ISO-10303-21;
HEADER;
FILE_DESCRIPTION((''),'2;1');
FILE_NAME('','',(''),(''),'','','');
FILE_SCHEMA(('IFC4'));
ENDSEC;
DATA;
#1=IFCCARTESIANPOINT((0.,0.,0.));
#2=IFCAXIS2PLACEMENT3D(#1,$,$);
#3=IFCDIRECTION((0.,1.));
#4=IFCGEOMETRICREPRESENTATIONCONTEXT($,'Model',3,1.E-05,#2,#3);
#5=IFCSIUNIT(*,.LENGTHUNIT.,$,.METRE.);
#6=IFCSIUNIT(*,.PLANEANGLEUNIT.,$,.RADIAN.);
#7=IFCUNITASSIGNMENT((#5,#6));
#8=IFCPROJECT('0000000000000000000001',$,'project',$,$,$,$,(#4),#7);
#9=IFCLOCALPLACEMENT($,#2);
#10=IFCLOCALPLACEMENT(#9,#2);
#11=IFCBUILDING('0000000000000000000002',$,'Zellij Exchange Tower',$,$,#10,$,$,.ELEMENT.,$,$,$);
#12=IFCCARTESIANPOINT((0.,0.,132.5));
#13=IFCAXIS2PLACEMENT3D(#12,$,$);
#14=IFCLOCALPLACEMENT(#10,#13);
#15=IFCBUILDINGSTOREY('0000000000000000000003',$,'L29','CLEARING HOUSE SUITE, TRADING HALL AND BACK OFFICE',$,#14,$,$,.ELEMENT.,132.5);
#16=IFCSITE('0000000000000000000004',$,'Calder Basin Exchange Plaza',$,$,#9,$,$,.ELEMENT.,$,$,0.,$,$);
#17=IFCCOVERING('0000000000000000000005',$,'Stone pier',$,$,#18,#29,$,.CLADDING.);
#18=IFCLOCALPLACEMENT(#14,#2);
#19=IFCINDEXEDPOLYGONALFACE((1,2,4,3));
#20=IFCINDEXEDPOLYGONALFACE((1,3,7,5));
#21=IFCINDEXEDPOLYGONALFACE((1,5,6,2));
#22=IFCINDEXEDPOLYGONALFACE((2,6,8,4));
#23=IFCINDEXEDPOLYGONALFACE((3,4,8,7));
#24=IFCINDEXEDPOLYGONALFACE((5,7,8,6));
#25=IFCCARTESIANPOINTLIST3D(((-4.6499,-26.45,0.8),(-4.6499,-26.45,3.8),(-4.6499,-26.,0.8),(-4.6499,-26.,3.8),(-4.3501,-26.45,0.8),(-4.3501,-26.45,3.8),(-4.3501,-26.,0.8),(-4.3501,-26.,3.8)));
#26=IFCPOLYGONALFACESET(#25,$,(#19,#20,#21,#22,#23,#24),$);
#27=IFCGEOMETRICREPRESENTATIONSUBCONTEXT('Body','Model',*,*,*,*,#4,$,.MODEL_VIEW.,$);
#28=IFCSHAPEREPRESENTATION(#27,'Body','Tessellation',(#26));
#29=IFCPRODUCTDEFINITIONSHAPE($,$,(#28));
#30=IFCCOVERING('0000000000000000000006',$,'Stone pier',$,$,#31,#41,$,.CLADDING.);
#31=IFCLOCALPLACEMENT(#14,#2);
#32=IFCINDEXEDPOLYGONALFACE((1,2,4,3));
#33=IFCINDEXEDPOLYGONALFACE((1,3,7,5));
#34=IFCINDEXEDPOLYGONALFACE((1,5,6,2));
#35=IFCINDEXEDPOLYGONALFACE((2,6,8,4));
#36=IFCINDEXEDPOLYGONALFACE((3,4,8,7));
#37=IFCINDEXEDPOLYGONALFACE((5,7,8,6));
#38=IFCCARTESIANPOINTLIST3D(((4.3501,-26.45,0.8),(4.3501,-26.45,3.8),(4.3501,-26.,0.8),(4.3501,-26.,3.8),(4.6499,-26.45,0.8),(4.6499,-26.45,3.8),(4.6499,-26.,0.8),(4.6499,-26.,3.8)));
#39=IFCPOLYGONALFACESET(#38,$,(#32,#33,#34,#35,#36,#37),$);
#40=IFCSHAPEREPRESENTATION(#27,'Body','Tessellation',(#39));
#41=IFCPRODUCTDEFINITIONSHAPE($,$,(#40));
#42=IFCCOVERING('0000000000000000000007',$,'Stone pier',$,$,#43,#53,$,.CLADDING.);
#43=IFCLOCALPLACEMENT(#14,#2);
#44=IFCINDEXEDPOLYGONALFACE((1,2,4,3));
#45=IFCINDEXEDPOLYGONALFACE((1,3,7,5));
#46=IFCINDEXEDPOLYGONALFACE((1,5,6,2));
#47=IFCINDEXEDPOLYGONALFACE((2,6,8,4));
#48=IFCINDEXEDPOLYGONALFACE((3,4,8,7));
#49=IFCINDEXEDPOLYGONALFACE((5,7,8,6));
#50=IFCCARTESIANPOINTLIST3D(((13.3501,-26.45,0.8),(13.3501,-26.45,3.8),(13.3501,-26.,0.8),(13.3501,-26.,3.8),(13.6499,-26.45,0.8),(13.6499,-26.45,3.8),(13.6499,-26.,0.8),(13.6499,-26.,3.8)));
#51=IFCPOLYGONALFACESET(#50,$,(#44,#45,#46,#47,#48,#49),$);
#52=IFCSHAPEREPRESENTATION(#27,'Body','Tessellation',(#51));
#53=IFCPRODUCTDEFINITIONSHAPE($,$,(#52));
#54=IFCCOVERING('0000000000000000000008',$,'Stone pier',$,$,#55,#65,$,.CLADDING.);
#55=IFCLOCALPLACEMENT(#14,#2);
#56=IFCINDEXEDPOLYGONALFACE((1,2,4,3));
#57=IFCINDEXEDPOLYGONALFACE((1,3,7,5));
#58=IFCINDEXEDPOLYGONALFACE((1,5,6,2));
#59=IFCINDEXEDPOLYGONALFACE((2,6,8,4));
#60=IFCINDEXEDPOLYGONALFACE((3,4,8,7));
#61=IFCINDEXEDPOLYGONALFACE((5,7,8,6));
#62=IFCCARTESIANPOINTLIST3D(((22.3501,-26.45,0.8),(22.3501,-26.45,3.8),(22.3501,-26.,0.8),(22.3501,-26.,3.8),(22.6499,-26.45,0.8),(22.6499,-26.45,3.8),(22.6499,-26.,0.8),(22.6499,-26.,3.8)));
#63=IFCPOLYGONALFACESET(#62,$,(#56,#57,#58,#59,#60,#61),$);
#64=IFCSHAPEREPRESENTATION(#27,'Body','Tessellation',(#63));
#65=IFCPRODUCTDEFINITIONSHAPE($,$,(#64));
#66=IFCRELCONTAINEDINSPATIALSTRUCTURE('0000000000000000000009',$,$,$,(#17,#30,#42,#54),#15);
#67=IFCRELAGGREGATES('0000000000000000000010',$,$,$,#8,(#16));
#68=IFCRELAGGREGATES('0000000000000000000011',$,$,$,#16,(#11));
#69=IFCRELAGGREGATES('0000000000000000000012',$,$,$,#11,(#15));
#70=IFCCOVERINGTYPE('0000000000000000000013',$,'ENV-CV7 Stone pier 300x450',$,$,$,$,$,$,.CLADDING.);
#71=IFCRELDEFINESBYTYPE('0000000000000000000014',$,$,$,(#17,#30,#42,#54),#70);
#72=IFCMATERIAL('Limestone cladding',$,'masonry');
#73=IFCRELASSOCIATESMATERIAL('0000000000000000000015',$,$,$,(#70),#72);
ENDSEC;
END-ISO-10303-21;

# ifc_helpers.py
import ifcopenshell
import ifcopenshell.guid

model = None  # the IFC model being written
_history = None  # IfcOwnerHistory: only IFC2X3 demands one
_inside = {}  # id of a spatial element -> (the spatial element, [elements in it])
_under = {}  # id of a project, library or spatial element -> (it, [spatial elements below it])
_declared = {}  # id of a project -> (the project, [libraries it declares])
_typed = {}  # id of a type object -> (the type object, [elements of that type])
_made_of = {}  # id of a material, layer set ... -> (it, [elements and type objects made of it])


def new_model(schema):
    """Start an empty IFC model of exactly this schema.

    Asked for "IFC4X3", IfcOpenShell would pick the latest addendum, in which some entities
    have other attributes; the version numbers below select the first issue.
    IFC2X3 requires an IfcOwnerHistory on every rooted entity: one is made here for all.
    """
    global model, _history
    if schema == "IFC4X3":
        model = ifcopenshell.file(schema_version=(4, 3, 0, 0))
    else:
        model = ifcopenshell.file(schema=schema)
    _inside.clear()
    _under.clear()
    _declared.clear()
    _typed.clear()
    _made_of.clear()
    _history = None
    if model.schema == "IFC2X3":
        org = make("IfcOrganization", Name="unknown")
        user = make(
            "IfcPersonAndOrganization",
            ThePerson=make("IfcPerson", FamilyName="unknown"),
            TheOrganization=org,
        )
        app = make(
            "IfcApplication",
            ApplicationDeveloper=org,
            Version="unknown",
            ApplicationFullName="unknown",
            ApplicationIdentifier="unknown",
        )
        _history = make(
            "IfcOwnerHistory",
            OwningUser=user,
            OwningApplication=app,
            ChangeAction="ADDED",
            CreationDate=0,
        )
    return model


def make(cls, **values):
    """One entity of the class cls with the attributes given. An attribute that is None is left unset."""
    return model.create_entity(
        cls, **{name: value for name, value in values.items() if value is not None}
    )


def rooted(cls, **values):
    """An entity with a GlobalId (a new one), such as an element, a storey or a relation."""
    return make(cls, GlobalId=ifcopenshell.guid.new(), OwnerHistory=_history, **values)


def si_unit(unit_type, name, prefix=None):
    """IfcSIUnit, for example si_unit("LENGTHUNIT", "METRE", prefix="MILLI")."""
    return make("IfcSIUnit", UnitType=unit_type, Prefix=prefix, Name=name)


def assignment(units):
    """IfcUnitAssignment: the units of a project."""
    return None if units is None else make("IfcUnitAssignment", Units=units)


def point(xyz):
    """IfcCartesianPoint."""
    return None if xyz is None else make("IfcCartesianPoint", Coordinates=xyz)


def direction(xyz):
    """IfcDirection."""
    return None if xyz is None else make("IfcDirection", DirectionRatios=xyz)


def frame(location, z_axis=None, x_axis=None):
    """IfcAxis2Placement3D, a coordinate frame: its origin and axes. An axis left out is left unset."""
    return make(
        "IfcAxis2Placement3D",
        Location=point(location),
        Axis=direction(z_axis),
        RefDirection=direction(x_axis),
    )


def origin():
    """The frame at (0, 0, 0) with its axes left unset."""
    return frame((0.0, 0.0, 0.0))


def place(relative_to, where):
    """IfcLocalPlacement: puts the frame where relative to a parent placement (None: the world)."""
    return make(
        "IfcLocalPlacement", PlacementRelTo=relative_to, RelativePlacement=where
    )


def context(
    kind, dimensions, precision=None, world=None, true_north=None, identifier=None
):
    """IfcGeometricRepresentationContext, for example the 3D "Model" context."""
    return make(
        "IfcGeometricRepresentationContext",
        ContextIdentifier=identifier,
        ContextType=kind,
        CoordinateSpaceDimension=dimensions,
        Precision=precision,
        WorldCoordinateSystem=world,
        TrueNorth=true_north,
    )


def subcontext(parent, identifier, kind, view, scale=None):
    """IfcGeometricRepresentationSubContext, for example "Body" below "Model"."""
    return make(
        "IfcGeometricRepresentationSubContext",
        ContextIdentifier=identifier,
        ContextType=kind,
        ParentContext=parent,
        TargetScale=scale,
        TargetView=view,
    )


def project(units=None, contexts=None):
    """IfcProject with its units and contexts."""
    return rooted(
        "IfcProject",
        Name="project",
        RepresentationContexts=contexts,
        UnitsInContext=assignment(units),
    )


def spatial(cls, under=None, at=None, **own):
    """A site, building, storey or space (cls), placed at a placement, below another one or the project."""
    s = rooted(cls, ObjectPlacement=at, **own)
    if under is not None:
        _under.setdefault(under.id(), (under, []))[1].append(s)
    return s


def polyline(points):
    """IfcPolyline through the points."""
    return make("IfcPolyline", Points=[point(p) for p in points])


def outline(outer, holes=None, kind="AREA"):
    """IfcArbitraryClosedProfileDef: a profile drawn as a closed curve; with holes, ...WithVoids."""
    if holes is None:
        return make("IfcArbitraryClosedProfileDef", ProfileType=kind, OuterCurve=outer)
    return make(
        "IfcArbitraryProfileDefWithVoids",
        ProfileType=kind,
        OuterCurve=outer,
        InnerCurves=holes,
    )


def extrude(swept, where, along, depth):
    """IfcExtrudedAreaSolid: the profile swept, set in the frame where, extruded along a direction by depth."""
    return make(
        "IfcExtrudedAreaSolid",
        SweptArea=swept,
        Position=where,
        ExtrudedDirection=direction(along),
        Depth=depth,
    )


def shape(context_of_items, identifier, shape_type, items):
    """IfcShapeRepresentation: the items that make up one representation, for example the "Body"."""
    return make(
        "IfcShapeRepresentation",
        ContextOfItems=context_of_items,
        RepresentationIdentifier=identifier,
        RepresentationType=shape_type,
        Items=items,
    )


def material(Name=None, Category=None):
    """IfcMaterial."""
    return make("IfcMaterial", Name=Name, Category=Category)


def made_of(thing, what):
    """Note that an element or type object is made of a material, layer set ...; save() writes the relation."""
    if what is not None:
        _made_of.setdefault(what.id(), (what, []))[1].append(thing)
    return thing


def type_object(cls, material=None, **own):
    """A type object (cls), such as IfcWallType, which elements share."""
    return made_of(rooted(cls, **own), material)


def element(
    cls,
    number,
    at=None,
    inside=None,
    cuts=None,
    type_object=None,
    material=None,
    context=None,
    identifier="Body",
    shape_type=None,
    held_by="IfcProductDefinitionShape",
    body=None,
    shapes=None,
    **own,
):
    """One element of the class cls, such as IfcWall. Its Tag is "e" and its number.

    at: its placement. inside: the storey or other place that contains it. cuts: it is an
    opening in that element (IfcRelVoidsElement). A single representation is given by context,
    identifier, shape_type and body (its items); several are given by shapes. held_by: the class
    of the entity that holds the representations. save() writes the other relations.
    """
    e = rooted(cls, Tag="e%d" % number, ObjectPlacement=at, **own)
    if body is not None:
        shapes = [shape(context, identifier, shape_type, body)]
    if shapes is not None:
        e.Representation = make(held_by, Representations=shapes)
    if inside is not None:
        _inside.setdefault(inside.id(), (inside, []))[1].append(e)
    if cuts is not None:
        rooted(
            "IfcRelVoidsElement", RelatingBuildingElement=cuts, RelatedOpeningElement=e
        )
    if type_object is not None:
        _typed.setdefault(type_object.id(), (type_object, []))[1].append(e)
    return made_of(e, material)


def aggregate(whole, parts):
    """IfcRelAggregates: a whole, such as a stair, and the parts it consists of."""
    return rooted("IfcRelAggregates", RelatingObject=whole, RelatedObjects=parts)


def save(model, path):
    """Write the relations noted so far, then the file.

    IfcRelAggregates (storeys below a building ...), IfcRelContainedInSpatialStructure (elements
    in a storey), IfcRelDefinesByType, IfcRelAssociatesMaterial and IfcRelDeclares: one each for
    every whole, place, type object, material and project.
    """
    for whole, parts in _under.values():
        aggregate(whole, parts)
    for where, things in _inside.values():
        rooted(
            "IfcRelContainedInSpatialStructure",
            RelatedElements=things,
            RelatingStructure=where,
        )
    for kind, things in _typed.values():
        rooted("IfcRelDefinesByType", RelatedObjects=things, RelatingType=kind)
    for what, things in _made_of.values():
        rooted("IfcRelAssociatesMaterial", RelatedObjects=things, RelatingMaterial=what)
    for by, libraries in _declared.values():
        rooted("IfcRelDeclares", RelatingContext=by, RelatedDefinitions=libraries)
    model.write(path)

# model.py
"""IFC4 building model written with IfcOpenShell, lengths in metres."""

from ifc_helpers import new_model, si_unit, direction, frame, origin, place, context, subcontext, project, spatial, polyline, outline, extrude, material, type_object, element, save


model = new_model("IFC4")

# Units and contexts
model_context = context("Model", 3, precision=1e-05, world=origin(), true_north=direction((0.0, 1.0)))
body_context = subcontext(model_context, "Body", "Model", "MODEL_VIEW")
ifc_project = project(units=[si_unit("LENGTHUNIT", "METRE"), si_unit("PLANEANGLEUNIT", "RADIAN")], contexts=[model_context])

# Site, building, storey
site_placement = place(None, origin())
site = spatial("IfcSite", under=ifc_project, at=site_placement, Name="Calder Basin Exchange Plaza", CompositionType="ELEMENT", RefElevation=0.0)
building_placement = place(site_placement, origin())
building = spatial("IfcBuilding", under=site, at=building_placement, Name="Zellij Exchange Tower", CompositionType="ELEMENT")
storey_placement = place(building_placement, frame((0.0, 0.0, 132.5)))
storey = spatial("IfcBuildingStorey", under=building, at=storey_placement, Name="L29", Description="CLEARING HOUSE SUITE, TRADING HALL AND BACK OFFICE", CompositionType="ELEMENT", Elevation=132.5)

# Coverings
ifc_material_1 = material(Name="Limestone cladding", Category="masonry")
covering_type_1 = type_object("IfcCoveringType", Name="ENV-CV7 Stone pier 300x450", PredefinedType="CLADDING", material=ifc_material_1)
covering_1_placement = place(storey_placement, frame((0.0, 0.0, 0.8)))
element("IfcCovering", 1, at=covering_1_placement, inside=storey, type_object=covering_type_1, Name="Stone pier", PredefinedType="CLADDING", context=body_context, shape_type="SweptSolid", body=[
    extrude(outline(polyline([(-4.6499, -26.0), (-4.3501, -26.0), (-4.3501, -26.45), (-4.6499, -26.45), (-4.6499, -26.0)])), origin(), (0.0, 0.0, 1.0), 3.0),
])
covering_2_placement = place(storey_placement, frame((0.0, 0.0, 0.8)))
element("IfcCovering", 2, at=covering_2_placement, inside=storey, type_object=covering_type_1, Name="Stone pier", PredefinedType="CLADDING", context=body_context, shape_type="SweptSolid", body=[
    extrude(outline(polyline([(4.3501, -26.0), (4.6499, -26.0), (4.6499, -26.45), (4.3501, -26.45), (4.3501, -26.0)])), origin(), (0.0, 0.0, 1.0), 3.0),
])
covering_3_placement = place(storey_placement, frame((0.0, 0.0, 0.8)))
element("IfcCovering", 3, at=covering_3_placement, inside=storey, type_object=covering_type_1, Name="Stone pier", PredefinedType="CLADDING", context=body_context, shape_type="SweptSolid", body=[
    extrude(outline(polyline([(13.3501, -26.0), (13.6499, -26.0), (13.6499, -26.45), (13.3501, -26.45), (13.3501, -26.0)])), origin(), (0.0, 0.0, 1.0), 3.0),
])
covering_4_placement = place(storey_placement, frame((0.0, 0.0, 0.8)))
element("IfcCovering", 4, at=covering_4_placement, inside=storey, type_object=covering_type_1, Name="Stone pier", PredefinedType="CLADDING", context=body_context, shape_type="SweptSolid", body=[
    extrude(outline(polyline([(22.3501, -26.0), (22.6499, -26.0), (22.6499, -26.45), (22.3501, -26.45), (22.3501, -26.0)])), origin(), (0.0, 0.0, 1.0), 3.0),
])

save(model, "model.ifc")
